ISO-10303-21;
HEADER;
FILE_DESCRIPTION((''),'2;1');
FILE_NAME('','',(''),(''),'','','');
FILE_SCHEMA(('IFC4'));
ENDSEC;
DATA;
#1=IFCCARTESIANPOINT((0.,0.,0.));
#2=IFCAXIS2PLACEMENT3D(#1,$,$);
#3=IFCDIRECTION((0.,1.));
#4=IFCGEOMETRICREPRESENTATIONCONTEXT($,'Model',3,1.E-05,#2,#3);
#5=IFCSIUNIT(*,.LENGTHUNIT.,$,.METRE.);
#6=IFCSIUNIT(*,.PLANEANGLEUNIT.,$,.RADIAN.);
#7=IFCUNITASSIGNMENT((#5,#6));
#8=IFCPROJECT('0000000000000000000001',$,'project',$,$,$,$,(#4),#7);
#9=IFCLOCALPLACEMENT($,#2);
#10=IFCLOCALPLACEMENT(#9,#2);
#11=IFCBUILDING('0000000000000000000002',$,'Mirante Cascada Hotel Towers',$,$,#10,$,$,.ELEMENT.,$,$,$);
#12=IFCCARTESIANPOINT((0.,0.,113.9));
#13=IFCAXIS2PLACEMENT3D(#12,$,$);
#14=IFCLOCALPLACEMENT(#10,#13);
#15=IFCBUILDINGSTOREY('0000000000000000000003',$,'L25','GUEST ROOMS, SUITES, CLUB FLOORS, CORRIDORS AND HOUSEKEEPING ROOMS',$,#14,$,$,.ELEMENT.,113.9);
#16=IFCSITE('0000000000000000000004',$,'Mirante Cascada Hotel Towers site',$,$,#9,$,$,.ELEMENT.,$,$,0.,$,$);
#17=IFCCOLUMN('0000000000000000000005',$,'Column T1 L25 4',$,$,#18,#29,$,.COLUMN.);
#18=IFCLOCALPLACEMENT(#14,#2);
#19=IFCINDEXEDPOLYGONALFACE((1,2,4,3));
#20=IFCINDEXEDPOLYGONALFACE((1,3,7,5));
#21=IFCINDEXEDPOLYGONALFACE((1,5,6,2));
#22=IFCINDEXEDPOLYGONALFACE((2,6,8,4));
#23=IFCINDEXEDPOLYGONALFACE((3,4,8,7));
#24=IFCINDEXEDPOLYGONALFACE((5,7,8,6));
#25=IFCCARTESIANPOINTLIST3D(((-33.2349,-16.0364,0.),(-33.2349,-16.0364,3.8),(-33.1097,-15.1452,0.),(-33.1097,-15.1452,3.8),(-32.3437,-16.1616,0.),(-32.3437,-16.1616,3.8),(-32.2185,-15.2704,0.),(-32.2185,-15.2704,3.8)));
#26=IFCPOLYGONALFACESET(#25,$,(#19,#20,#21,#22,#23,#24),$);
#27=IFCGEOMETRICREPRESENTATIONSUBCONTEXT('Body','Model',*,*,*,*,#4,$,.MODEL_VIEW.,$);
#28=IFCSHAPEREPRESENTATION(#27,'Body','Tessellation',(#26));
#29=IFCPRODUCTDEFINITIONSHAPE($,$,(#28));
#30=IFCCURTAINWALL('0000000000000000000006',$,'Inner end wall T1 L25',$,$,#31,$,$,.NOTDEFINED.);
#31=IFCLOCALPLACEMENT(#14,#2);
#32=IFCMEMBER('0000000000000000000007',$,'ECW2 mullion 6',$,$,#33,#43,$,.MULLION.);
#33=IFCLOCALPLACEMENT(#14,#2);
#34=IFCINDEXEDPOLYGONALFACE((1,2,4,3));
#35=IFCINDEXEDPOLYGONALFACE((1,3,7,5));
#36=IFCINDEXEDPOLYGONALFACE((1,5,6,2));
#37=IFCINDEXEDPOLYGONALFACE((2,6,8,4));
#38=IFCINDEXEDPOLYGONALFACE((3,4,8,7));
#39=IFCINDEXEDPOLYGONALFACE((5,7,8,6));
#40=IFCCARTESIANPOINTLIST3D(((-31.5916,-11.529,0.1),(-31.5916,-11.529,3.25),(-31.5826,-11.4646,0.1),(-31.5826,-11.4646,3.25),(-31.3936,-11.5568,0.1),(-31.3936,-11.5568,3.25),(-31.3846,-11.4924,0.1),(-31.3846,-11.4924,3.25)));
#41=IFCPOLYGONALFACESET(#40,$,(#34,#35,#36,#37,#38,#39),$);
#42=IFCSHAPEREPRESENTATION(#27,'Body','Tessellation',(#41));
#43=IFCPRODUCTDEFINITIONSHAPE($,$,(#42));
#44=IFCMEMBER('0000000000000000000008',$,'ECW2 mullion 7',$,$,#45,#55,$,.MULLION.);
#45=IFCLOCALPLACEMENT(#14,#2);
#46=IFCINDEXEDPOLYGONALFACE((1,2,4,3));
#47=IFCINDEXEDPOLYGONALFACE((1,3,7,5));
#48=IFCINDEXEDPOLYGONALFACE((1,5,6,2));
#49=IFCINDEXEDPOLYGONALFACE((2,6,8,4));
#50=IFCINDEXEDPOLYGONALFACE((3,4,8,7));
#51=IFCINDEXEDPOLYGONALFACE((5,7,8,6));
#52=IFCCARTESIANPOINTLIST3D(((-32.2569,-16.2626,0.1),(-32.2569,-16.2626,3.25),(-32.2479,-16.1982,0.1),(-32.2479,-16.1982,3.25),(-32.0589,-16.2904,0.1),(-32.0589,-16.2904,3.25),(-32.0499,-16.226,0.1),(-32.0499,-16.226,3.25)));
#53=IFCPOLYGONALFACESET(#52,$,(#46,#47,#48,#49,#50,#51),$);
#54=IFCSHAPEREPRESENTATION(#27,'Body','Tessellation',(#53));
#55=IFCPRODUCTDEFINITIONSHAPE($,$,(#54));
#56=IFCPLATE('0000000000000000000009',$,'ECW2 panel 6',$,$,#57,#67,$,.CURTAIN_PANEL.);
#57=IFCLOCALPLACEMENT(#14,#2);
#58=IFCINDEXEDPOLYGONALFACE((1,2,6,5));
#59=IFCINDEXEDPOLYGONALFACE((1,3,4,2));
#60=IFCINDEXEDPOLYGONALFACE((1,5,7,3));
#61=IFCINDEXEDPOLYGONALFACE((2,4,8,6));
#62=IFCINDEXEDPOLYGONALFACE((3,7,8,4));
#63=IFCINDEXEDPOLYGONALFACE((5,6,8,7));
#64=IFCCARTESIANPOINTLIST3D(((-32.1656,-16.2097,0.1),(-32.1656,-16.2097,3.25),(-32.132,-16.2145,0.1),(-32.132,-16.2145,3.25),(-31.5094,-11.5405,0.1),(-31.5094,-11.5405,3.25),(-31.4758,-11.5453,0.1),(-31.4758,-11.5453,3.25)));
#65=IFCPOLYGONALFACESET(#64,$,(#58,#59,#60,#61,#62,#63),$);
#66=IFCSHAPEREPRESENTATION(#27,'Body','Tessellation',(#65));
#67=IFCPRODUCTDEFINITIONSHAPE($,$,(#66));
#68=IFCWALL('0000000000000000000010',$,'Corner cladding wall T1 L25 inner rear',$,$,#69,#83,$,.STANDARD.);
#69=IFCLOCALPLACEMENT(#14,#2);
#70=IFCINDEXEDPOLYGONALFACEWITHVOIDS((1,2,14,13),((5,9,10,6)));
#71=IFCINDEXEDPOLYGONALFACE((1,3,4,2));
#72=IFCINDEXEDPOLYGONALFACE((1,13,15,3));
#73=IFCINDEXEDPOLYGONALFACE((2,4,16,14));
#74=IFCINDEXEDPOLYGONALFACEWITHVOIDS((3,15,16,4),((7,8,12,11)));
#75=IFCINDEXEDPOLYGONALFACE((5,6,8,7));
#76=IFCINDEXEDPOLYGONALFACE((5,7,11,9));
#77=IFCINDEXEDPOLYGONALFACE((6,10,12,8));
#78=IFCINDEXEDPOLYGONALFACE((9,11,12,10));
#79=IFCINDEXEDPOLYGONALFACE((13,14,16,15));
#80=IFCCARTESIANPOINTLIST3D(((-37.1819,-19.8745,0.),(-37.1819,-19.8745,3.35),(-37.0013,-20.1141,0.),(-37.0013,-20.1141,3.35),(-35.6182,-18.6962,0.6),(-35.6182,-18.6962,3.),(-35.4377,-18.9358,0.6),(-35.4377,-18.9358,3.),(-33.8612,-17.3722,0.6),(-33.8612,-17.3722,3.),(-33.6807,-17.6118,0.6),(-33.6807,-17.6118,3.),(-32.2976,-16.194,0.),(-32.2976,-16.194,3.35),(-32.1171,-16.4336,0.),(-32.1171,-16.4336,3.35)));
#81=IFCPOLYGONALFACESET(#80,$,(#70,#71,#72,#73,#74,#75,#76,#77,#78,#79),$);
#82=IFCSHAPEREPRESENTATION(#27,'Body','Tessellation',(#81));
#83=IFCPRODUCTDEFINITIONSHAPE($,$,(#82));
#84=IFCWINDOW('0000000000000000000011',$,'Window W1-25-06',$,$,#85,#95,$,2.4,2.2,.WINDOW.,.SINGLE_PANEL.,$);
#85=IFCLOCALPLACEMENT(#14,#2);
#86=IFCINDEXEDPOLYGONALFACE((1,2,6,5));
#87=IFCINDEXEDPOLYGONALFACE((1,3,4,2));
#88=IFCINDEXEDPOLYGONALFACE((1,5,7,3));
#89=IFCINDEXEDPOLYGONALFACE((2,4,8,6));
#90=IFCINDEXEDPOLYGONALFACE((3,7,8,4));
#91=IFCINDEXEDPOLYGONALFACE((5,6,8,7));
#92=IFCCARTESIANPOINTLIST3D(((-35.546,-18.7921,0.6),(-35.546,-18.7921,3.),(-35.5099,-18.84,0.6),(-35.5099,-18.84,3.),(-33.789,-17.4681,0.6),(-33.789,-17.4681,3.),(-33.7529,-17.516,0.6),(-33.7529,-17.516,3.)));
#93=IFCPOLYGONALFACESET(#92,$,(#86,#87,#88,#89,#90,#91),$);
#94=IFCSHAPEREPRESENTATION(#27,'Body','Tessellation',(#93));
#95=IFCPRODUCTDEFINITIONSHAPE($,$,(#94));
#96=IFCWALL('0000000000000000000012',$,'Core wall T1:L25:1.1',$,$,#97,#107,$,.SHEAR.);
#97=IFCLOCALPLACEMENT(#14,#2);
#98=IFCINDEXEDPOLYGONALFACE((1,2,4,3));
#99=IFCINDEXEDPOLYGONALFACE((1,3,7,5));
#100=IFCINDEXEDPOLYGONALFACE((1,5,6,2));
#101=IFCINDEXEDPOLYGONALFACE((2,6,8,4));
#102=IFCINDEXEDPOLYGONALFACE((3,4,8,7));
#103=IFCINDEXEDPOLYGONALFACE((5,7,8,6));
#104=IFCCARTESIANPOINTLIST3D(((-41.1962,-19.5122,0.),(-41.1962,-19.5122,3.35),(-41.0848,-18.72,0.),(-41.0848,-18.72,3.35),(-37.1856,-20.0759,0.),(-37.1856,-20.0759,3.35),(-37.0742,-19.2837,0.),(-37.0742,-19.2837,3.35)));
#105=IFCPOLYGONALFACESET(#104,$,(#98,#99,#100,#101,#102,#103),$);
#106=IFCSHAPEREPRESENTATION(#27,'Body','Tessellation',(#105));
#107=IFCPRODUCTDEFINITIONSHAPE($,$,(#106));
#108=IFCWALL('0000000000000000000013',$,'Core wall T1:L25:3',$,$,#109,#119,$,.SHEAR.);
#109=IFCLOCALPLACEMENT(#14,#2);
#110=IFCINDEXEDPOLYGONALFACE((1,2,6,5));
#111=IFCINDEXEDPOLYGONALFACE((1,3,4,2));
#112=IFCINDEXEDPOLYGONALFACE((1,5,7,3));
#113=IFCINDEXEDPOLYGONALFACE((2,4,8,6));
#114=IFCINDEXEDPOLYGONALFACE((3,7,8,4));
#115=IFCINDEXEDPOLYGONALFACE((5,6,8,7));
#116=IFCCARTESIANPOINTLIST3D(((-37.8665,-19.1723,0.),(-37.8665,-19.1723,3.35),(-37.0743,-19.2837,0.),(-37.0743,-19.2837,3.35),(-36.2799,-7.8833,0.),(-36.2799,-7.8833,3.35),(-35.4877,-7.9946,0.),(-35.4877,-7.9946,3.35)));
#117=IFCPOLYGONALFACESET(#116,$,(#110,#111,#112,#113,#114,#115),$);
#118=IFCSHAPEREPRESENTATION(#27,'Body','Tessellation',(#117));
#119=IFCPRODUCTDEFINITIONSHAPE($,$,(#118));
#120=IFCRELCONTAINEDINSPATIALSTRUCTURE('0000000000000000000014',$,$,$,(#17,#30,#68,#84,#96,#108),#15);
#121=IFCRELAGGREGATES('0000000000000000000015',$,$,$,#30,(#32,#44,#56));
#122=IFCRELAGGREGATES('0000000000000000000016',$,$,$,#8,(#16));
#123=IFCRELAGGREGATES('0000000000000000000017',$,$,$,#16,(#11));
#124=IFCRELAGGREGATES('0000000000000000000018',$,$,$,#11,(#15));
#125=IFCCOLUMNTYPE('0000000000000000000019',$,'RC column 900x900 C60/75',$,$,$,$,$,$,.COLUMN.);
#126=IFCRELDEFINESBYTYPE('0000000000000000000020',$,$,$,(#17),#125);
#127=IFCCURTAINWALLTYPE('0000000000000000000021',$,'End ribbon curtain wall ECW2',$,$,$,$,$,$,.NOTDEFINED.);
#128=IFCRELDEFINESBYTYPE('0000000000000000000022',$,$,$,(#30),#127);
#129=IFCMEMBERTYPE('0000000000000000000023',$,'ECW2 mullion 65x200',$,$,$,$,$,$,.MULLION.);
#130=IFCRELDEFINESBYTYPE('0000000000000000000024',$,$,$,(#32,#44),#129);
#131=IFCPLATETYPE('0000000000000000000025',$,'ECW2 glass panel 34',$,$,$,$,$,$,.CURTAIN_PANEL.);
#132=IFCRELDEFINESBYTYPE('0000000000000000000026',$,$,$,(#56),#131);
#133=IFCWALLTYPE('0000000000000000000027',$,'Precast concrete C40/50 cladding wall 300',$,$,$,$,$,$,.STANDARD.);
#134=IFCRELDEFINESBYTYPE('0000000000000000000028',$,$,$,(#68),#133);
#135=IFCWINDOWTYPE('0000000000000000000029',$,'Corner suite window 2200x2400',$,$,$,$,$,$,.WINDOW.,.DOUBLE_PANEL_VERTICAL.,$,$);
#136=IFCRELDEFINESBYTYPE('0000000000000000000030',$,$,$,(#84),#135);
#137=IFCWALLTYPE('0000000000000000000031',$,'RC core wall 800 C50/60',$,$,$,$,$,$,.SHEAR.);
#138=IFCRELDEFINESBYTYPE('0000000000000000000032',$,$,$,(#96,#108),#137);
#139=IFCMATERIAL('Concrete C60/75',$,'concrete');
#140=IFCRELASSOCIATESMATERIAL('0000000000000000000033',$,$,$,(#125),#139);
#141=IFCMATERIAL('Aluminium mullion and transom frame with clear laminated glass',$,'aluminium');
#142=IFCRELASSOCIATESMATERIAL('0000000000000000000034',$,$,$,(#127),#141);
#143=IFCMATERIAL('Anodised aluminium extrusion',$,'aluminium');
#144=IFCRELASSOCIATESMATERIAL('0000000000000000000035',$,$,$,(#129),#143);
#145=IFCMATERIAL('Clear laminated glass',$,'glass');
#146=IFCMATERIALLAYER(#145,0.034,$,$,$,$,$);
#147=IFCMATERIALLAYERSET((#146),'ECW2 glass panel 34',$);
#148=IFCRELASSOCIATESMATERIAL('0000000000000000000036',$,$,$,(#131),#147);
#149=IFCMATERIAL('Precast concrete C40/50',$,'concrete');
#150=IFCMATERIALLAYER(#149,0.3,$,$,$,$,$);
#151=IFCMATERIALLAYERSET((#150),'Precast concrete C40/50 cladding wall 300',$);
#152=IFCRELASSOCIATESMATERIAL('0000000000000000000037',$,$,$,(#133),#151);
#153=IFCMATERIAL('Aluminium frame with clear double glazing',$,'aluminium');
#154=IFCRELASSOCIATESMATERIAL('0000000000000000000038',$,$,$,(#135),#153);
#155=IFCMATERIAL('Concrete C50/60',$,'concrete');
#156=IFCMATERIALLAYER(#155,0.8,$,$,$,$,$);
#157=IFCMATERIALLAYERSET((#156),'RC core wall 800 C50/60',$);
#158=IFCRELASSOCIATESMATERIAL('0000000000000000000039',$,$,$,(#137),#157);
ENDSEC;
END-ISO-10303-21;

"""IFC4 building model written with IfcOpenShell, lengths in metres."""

from ifc_helpers import new_model, si_unit, direction, frame, frame_2d, origin, origin_2d, place, context, subcontext, project, spatial, rectangle, extrude, material, layer, layer_set, material_profile, profile_set, type_object, element, fill, aggregate, save


model = new_model("IFC4")

# Units and contexts
model_context = context("Model", 3, precision=1e-05, world=origin(), true_north=direction((0.0, 1.0)))
body_context = subcontext(model_context, "Body", "Model", "MODEL_VIEW")
ifc_project = project(units=[si_unit("LENGTHUNIT", "METRE"), si_unit("PLANEANGLEUNIT", "RADIAN")], contexts=[model_context])

# Site, building, storey
site_placement = place(None, origin())
site = spatial("IfcSite", under=ifc_project, at=site_placement, Name="Mirante Cascada Hotel Towers site", CompositionType="ELEMENT", RefElevation=0.0)
building_placement = place(site_placement, origin())
building = spatial("IfcBuilding", under=site, at=building_placement, Name="Mirante Cascada Hotel Towers", CompositionType="ELEMENT")
storey_placement = place(building_placement, frame((0.0, 0.0, 113.9)))
storey = spatial("IfcBuildingStorey", under=building, at=storey_placement, Name="L25", Description="GUEST ROOMS, SUITES, CLUB FLOORS, CORRIDORS AND HOUSEKEEPING ROOMS", CompositionType="ELEMENT", Elevation=113.9)

# Column
ifc_material_1 = material(Name="Concrete C60/75", Category="concrete")
ifc_material_profile_1 = material_profile(ifc_material_1, rectangle(XDim=0.9, YDim=0.9, at=origin_2d()), Name="RC column 900x900 C60/75")
ifc_profile_set_1 = profile_set([ifc_material_profile_1], Name="Concrete C60/75")
column_type = type_object("IfcColumnType", Name="RC column 900x900 C60/75", PredefinedType="COLUMN", material=ifc_profile_set_1)
column_placement = place(storey_placement, frame((-32.7267, -15.6534, 0.0), z_axis=(0.0, 0.0, 1.0), x_axis=(-0.990268, 0.139173, 0.0)))
element("IfcColumn", 1, at=column_placement, inside=storey, type_object=column_type, Name="Column T1 L25 4", PredefinedType="COLUMN", context=body_context, shape_type="SweptSolid", body=[
    extrude(rectangle(XDim=0.9, YDim=0.9, at=origin_2d()), origin(), (0.0, 0.0, 1.0), 3.8),
])

# Curtain wall, members, plate
ifc_material_2 = material(Name="Aluminium mullion and transom frame with clear laminated glass", Category="aluminium")
curtain_wall_type = type_object("IfcCurtainWallType", Name="End ribbon curtain wall ECW2", PredefinedType="NOTDEFINED", material=ifc_material_2)
curtain_wall_placement = place(storey_placement, origin())
curtain_wall = element("IfcCurtainWall", 2, at=curtain_wall_placement, inside=storey, type_object=curtain_wall_type, Name="Inner end wall T1 L25", PredefinedType="NOTDEFINED")
ifc_material_3 = material(Name="Anodised aluminium extrusion", Category="aluminium")
ifc_material_profile_2 = material_profile(ifc_material_3, rectangle(XDim=0.2, YDim=0.065, at=origin_2d()), Name="ECW2 MULLION 65x200")
ifc_profile_set_2 = profile_set([ifc_material_profile_2], Name="Anodised aluminium extrusion")
member_type = type_object("IfcMemberType", Name="ECW2 mullion 65x200", PredefinedType="MULLION", material=ifc_profile_set_2)
member_1_placement = place(storey_placement, frame((-31.4881, -11.5107, 0.1), z_axis=(0.0, 0.0, 1.0), x_axis=(0.990268, -0.139173, 0.0)))
member_1 = element("IfcMember", 3, at=member_1_placement, type_object=member_type, Name="ECW2 mullion 6", PredefinedType="MULLION", context=body_context, shape_type="SweptSolid", body=[
    extrude(rectangle(XDim=0.2, YDim=0.065, at=origin_2d()), origin(), (0.0, 0.0, 1.0), 3.15),
])
member_2_placement = place(storey_placement, frame((-32.1534, -16.2443, 0.1), z_axis=(0.0, 0.0, 1.0), x_axis=(0.990268, -0.139173, 0.0)))
member_2 = element("IfcMember", 4, at=member_2_placement, type_object=member_type, Name="ECW2 mullion 7", PredefinedType="MULLION", context=body_context, shape_type="SweptSolid", body=[
    extrude(rectangle(XDim=0.2, YDim=0.065, at=origin_2d()), origin(), (0.0, 0.0, 1.0), 3.15),
])
ifc_material_4 = material(Name="Clear laminated glass", Category="glass")
ifc_layer_1 = layer(ifc_material_4, 0.034)
ifc_layer_set_1 = layer_set([ifc_layer_1], Name="ECW2 glass panel 34")
plate_type = type_object("IfcPlateType", Name="ECW2 glass panel 34", PredefinedType="CURTAIN_PANEL", material=ifc_layer_set_1)
plate_placement = place(storey_placement, frame((-31.8207, -13.8775, 0.1), z_axis=(0.0, 0.0, 1.0), x_axis=(-0.139173, -0.990268, 0.0)))
plate = element("IfcPlate", 5, at=plate_placement, type_object=plate_type, Name="ECW2 panel 6", PredefinedType="CURTAIN_PANEL", context=body_context, shape_type="SweptSolid", body=[
    extrude(rectangle(XDim=4.7151, YDim=0.034, at=origin_2d()), origin(), (0.0, 0.0, 1.0), 3.15),
])
aggregate(curtain_wall, [member_1, member_2, plate])

# Wall, opening, window
ifc_material_5 = material(Name="Precast concrete C40/50", Category="concrete")
ifc_layer_2 = layer(ifc_material_5, 0.3)
ifc_layer_set_2 = layer_set([ifc_layer_2], Name="Precast concrete C40/50 cladding wall 300")
wall_type_1 = type_object("IfcWallType", Name="Precast concrete C40/50 cladding wall 300", PredefinedType="STANDARD", material=ifc_layer_set_2)
wall_1_placement = place(storey_placement, frame((-32.2074, -16.3138, 0.0), z_axis=(0.0, 0.0, 1.0), x_axis=(-0.798636, -0.601814, 0.0)))
wall_1 = element("IfcWall", 6, at=wall_1_placement, inside=storey, type_object=wall_type_1, Name="Corner cladding wall T1 L25 inner rear", PredefinedType="STANDARD", context=body_context, shape_type="SweptSolid", body=[
    extrude(rectangle(XDim=6.1157, YDim=0.3, at=frame_2d((3.0578, 0.0))), origin(), (0.0, 0.0, 1.0), 3.35),
])
opening_placement = place(wall_1_placement, frame((1.9578, 0.0, 0.6)))
opening = element("IfcOpeningElement", 7, at=opening_placement, cuts=wall_1, PredefinedType="OPENING", context=body_context, shape_type="SweptSolid", body=[
    extrude(rectangle(XDim=2.2, YDim=2.4, at=frame_2d((1.1, 1.2))), frame((0.0, 0.15, 0.0), z_axis=(0.0, -1.0, 0.0), x_axis=(1.0, 0.0, 0.0)), (0.0, 0.0, 1.0), 0.3),
])
ifc_material_6 = material(Name="Aluminium frame with clear double glazing", Category="aluminium")
window_type = type_object("IfcWindowType", Name="Corner suite window 2200x2400", PartitioningType="DOUBLE_PANEL_VERTICAL", PredefinedType="WINDOW", material=ifc_material_6)
window_placement = place(opening_placement, origin())
window = element("IfcWindow", 8, at=window_placement, inside=storey, type_object=window_type, Name="Window W1-25-06", OverallHeight=2.4, OverallWidth=2.2, PartitioningType="SINGLE_PANEL", PredefinedType="WINDOW", context=body_context, shape_type="SweptSolid", body=[
    extrude(rectangle(XDim=2.2, YDim=2.4, at=frame_2d((1.1, 1.2))), frame((0.0, 0.03, 0.0), z_axis=(0.0, -1.0, 0.0), x_axis=(1.0, 0.0, 0.0)), (0.0, 0.0, 1.0), 0.06),
])
fill(opening, window)

# Walls
ifc_material_7 = material(Name="Concrete C50/60", Category="concrete")
ifc_layer_3 = layer(ifc_material_7, 0.8)
ifc_layer_set_3 = layer_set([ifc_layer_3], Name="RC core wall 800 C50/60")
wall_type_2 = type_object("IfcWallType", Name="RC core wall 800 C50/60", PredefinedType="SHEAR", material=ifc_layer_set_3)
wall_2_placement = place(storey_placement, frame((-37.1299, -19.6798, 0.0), z_axis=(0.0, 0.0, 1.0), x_axis=(-0.990267, 0.139184, 0.0)))
element("IfcWall", 9, at=wall_2_placement, inside=storey, type_object=wall_type_2, Name="Core wall T1:L25:1.1", PredefinedType="SHEAR", context=body_context, shape_type="SweptSolid", body=[
    extrude(rectangle(XDim=4.05, YDim=0.8, at=frame_2d((2.025, 0.0))), origin(), (0.0, 0.0, 1.0), 3.35),
])
wall_3_placement = place(storey_placement, frame((-37.4704, -19.228, 0.0), z_axis=(0.0, 0.0, 1.0), x_axis=(0.139175, 0.990268, 0.0)))
element("IfcWall", 10, at=wall_3_placement, inside=storey, type_object=wall_type_2, Name="Core wall T1:L25:3", PredefinedType="SHEAR", context=body_context, shape_type="SweptSolid", body=[
    extrude(rectangle(XDim=11.4, YDim=0.8, at=frame_2d((5.7, 0.0))), origin(), (0.0, 0.0, 1.0), 3.35),
])

save(model, "model.ifc")
